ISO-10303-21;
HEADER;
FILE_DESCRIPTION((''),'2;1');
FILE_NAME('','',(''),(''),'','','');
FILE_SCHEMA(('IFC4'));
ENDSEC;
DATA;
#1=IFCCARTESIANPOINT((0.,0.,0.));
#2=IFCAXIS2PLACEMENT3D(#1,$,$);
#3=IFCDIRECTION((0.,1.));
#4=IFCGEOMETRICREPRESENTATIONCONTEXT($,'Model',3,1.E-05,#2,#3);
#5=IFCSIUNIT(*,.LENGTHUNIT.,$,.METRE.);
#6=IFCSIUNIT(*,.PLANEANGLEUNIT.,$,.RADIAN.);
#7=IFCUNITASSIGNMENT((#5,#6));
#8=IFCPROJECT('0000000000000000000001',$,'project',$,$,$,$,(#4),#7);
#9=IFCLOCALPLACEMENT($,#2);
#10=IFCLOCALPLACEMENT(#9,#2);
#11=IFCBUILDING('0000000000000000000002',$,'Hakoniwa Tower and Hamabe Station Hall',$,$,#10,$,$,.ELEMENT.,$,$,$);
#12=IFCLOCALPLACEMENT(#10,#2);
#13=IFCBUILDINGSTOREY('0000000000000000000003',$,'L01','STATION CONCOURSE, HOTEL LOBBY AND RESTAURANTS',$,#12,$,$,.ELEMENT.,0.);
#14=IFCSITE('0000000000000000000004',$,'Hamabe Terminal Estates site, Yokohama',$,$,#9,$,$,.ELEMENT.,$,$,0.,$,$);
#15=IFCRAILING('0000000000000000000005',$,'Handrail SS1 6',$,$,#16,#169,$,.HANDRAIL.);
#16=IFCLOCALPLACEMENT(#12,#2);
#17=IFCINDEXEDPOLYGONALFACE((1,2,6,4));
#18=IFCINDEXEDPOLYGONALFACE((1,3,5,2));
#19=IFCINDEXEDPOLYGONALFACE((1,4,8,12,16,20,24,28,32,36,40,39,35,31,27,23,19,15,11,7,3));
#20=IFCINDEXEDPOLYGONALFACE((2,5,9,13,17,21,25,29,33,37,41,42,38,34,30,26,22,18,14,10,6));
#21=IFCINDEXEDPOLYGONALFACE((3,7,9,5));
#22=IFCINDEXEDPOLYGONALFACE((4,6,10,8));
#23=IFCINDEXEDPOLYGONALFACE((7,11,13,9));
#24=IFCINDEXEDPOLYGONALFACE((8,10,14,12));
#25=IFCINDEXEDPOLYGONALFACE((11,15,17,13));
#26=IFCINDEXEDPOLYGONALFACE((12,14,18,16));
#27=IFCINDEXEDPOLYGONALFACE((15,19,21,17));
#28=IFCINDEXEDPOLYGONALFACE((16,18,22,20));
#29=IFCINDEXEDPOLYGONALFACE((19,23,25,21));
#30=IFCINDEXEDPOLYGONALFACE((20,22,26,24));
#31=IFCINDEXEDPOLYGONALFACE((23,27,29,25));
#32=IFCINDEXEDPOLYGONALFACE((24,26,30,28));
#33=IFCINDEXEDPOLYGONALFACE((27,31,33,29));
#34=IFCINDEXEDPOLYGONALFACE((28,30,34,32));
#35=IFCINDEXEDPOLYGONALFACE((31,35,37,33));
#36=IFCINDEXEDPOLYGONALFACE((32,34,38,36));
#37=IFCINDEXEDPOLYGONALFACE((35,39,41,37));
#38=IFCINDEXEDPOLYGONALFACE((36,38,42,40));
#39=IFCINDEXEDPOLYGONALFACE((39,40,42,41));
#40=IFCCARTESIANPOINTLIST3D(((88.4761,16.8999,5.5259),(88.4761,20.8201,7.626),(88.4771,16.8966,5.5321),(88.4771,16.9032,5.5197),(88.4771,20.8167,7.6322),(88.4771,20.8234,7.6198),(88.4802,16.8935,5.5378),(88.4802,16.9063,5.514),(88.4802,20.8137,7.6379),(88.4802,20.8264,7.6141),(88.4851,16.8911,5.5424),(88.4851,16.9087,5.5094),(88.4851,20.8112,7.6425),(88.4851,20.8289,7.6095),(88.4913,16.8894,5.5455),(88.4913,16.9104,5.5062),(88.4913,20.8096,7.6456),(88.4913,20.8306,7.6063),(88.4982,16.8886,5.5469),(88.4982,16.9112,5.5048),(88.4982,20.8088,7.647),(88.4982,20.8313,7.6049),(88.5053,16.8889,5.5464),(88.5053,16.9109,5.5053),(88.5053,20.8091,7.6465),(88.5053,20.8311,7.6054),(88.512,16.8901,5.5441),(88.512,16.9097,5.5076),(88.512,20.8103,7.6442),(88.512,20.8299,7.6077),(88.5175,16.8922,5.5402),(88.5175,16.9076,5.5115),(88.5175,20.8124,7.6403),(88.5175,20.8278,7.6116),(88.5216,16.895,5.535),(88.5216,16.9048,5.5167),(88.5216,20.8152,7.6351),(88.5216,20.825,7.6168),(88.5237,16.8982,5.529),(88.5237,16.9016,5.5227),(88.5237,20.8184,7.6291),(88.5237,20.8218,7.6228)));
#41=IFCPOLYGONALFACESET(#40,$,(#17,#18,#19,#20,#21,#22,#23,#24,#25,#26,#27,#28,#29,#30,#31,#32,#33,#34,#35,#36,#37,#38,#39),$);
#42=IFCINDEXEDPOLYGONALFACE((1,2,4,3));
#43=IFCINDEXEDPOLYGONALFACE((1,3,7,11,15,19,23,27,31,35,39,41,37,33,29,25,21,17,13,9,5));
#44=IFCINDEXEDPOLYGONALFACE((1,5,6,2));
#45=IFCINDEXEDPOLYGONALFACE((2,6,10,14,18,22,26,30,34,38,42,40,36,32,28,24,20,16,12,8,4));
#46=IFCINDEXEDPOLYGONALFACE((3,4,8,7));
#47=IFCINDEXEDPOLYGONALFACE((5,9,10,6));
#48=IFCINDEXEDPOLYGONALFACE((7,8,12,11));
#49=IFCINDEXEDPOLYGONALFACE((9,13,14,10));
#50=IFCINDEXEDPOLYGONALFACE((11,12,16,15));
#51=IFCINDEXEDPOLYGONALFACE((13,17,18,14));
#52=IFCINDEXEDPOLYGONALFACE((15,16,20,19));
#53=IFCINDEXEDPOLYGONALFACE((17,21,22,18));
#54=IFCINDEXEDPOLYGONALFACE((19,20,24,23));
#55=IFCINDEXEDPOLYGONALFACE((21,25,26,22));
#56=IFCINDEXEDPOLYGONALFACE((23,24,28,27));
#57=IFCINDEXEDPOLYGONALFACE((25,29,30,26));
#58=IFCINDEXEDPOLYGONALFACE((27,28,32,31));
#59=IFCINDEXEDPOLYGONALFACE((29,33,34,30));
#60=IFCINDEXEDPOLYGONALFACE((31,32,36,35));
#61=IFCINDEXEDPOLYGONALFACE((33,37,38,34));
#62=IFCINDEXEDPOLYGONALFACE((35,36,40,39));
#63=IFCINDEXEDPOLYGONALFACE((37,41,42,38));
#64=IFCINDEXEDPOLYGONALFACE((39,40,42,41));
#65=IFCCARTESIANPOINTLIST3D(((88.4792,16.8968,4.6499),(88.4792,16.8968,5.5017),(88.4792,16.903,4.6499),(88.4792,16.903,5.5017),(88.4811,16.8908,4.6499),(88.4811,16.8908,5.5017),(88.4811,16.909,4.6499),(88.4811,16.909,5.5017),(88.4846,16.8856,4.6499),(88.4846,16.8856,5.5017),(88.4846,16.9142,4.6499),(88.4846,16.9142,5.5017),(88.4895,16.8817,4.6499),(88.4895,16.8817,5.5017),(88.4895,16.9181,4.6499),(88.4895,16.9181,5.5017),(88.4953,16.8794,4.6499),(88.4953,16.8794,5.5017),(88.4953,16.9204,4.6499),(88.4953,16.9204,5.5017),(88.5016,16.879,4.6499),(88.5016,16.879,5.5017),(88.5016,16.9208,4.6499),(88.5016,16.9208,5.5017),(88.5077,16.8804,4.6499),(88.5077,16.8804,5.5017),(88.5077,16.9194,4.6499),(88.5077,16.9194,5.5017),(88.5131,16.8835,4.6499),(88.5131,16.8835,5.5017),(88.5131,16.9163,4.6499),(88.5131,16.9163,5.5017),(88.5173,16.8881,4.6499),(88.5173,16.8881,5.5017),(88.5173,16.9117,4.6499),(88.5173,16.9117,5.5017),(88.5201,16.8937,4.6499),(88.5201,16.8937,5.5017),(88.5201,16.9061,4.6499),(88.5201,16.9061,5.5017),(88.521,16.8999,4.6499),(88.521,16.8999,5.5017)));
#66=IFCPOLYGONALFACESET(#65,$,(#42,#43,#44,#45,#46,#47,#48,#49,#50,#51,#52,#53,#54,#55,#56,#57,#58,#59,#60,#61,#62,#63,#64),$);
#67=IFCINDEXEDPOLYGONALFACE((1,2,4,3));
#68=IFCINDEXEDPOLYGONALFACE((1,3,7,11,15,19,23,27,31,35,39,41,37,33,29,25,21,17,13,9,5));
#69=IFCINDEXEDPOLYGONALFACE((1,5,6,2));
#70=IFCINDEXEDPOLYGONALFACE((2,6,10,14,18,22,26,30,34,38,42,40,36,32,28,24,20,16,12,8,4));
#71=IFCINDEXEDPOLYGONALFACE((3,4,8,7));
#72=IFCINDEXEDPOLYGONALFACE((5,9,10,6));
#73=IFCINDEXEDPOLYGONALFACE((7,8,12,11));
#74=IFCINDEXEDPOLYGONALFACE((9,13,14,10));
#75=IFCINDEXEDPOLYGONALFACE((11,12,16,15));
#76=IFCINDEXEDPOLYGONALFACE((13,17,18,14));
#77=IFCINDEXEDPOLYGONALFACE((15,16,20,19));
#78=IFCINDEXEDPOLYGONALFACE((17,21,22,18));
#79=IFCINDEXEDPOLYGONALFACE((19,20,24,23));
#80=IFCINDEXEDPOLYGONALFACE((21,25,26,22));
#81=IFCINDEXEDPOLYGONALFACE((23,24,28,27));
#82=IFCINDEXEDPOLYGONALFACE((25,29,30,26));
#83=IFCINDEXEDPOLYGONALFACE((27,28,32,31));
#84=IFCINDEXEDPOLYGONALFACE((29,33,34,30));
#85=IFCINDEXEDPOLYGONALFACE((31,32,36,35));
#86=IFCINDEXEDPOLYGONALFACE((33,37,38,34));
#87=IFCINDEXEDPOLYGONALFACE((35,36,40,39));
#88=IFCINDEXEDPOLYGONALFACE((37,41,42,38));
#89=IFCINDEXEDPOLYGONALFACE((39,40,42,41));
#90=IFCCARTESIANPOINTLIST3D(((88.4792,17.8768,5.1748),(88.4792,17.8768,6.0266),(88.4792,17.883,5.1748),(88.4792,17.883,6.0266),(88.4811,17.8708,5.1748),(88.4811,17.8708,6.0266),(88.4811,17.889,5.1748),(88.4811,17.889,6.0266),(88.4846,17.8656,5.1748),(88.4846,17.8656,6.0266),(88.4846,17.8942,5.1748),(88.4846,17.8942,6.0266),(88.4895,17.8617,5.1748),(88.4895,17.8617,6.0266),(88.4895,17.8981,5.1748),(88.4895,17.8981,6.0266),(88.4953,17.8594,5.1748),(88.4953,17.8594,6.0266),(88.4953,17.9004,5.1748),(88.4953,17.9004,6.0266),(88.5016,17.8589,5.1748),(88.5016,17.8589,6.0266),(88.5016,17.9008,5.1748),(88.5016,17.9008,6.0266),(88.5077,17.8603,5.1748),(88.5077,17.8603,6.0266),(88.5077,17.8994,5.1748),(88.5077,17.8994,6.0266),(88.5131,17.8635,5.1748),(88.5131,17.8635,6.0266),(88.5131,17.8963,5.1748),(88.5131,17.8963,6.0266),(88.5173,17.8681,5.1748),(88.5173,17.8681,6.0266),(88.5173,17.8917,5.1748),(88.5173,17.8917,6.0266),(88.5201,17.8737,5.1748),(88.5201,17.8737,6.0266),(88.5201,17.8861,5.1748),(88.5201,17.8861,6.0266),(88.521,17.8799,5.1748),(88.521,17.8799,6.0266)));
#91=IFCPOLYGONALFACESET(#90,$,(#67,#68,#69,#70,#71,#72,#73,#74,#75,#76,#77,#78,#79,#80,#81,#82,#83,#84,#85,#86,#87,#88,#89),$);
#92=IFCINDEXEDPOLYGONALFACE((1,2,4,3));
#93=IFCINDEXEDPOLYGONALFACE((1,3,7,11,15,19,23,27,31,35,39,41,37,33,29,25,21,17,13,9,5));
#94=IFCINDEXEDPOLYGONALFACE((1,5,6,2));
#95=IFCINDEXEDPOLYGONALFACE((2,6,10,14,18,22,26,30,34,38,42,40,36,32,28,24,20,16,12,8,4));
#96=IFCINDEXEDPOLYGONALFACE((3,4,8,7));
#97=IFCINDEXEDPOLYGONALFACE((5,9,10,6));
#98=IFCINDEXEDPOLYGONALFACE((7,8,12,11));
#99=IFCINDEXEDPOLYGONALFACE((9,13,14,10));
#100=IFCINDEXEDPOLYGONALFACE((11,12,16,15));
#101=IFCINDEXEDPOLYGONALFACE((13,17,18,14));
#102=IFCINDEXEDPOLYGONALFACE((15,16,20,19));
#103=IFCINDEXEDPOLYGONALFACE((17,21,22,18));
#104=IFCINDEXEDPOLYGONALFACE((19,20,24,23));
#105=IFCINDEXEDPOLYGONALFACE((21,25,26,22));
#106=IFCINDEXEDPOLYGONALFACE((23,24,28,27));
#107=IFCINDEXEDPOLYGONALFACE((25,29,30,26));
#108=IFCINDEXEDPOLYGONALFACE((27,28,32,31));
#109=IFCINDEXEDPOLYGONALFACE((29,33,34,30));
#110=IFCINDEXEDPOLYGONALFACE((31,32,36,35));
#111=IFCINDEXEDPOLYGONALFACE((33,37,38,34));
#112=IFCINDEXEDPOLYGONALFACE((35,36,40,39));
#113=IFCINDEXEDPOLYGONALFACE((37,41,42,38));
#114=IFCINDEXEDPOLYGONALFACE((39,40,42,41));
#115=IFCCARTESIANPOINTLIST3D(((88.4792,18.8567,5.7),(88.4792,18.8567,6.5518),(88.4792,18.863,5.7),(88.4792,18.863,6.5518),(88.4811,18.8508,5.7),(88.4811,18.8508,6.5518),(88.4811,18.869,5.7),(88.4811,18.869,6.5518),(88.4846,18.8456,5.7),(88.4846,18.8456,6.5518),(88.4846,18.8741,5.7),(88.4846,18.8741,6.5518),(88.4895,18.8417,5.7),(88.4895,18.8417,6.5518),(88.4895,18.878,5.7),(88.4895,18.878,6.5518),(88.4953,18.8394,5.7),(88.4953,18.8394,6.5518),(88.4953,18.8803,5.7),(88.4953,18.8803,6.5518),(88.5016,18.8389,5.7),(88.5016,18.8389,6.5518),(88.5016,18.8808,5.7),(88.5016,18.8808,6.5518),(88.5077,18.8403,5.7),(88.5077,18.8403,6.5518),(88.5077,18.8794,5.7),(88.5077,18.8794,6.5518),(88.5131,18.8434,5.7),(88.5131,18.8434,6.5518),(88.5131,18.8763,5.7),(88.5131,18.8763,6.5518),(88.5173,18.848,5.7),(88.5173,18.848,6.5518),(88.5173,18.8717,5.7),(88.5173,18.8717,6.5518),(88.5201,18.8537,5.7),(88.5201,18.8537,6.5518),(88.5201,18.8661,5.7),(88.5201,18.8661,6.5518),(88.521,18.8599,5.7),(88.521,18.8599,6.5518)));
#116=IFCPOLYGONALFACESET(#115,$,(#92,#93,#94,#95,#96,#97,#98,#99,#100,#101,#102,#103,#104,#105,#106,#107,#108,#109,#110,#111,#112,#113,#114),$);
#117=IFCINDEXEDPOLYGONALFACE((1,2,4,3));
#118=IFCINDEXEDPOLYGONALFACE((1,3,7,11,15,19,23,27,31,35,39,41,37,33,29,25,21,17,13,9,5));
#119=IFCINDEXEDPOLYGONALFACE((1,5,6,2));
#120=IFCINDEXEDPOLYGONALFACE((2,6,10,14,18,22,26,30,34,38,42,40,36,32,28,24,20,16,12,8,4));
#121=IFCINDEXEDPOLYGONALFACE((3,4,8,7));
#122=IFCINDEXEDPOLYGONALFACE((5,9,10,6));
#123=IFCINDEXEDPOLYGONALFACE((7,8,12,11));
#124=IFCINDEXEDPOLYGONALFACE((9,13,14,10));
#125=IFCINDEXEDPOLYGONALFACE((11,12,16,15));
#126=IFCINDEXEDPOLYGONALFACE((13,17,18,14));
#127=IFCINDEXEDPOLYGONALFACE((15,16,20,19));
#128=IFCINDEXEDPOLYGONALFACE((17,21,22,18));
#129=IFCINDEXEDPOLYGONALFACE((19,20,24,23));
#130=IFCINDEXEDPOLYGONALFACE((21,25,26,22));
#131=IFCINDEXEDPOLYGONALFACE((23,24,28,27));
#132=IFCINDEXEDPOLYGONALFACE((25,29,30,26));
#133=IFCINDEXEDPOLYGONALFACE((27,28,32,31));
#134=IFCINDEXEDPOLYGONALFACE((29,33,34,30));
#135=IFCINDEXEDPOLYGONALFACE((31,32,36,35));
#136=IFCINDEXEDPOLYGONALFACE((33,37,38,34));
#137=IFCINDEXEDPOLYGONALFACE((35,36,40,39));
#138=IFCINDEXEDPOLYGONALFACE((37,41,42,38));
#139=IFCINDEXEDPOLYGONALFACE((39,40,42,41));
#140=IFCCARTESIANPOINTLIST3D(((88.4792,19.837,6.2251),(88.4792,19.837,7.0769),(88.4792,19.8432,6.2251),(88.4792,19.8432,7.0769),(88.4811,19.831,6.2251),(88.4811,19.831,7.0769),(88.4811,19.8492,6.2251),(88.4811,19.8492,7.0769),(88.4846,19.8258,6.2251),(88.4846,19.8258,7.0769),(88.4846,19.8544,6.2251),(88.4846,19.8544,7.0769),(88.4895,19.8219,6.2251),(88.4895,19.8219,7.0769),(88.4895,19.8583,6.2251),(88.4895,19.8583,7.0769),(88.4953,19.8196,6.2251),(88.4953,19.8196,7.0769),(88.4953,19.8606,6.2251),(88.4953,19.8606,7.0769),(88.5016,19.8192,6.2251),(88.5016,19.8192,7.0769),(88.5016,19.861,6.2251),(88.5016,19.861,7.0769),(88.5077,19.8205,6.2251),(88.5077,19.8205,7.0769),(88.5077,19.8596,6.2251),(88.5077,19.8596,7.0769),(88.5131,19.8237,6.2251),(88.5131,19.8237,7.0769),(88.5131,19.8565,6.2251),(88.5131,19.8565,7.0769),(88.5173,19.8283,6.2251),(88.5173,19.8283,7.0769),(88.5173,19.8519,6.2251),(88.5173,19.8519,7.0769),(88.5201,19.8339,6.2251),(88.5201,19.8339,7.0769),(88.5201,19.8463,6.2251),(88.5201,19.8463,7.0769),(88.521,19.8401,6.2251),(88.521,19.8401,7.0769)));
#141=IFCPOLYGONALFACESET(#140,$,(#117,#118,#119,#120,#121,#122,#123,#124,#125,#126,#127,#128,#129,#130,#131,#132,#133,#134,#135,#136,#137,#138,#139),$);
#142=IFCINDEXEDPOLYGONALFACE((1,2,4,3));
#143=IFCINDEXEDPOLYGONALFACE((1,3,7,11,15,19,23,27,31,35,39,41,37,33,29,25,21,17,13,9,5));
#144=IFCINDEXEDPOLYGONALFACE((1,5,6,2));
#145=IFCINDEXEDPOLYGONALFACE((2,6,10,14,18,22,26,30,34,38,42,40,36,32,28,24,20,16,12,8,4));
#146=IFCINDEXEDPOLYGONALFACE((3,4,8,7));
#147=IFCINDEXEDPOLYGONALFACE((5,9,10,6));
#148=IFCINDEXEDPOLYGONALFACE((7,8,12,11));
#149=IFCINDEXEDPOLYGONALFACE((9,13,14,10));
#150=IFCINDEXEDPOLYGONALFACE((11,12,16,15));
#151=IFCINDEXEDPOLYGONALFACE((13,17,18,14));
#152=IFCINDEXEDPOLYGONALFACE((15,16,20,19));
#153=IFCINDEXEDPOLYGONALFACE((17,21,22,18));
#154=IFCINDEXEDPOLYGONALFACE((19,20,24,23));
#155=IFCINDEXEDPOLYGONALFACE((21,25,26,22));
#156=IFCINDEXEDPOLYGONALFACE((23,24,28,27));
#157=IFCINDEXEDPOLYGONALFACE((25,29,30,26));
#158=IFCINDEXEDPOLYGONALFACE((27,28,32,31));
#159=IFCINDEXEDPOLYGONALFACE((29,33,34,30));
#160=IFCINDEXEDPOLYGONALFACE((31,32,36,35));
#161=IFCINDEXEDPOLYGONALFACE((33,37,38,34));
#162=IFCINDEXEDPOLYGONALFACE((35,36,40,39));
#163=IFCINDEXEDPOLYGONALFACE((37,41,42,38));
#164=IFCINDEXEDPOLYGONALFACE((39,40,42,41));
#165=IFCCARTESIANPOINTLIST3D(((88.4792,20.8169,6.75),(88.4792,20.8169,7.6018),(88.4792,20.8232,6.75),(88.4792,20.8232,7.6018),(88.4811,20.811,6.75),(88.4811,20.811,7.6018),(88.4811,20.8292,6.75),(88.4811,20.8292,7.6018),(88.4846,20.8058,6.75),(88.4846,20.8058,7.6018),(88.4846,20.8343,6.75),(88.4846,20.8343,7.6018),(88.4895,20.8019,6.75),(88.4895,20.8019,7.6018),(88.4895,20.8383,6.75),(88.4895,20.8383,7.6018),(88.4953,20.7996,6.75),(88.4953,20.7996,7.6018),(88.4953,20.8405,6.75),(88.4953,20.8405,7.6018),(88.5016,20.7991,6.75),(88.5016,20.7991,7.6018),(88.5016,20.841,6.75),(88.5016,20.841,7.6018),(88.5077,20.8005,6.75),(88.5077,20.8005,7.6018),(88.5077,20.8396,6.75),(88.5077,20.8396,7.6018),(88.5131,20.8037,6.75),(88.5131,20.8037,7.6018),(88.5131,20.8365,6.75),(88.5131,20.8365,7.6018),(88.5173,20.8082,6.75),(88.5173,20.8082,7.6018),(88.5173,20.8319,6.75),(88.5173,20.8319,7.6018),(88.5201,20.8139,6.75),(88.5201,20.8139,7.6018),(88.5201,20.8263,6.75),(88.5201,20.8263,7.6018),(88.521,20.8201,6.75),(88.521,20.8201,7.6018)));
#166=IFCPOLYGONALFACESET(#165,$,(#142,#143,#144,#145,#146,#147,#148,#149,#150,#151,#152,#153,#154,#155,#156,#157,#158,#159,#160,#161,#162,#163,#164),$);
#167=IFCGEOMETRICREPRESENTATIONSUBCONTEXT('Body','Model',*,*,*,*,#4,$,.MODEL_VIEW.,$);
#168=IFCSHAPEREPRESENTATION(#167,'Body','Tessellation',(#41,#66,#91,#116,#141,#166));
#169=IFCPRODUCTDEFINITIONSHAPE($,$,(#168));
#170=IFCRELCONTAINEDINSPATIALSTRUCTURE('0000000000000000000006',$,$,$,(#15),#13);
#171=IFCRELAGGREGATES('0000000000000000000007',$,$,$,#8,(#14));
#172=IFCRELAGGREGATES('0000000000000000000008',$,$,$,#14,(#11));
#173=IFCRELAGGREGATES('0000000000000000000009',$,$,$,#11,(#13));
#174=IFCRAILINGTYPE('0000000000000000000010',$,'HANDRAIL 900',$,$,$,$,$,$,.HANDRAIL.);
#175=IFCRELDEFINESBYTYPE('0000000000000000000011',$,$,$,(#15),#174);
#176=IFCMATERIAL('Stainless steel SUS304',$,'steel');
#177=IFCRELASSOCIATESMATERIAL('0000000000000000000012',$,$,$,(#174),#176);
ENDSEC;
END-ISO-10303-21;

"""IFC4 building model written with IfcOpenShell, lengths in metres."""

from ifc_helpers import new_model, si_unit, direction, frame, origin, origin_2d, place, context, subcontext, project, spatial, circle, extrude, material, type_object, element, save


model = new_model("IFC4")

# Units and contexts
model_context = context("Model", 3, precision=1e-05, world=origin(), true_north=direction((0.0, 1.0)))
body_context = subcontext(model_context, "Body", "Model", "MODEL_VIEW")
ifc_project = project(units=[si_unit("LENGTHUNIT", "METRE"), si_unit("PLANEANGLEUNIT", "RADIAN")], contexts=[model_context])

# Site, building, storey
site_placement = place(None, origin())
site = spatial("IfcSite", under=ifc_project, at=site_placement, Name="Hamabe Terminal Estates site, Yokohama", CompositionType="ELEMENT", RefElevation=0.0)
building_placement = place(site_placement, origin())
building = spatial("IfcBuilding", under=site, at=building_placement, Name="Hakoniwa Tower and Hamabe Station Hall", CompositionType="ELEMENT")
storey_placement = place(building_placement, origin())
storey = spatial("IfcBuildingStorey", under=building, at=storey_placement, Name="L01", Description="STATION CONCOURSE, HOTEL LOBBY AND RESTAURANTS", CompositionType="ELEMENT", Elevation=0.0)

# Railing
ifc_material_1 = material(Name="Stainless steel SUS304", Category="steel")
railing_type = type_object("IfcRailingType", Name="HANDRAIL 900", PredefinedType="HANDRAIL", material=ifc_material_1)
for number, where, name in (
    (1, (88.5, 16.8999, 4.6499), "Handrail SS1 6"),
):
    element("IfcRailing", number, at=place(storey_placement, frame(where)), inside=storey, type_object=railing_type, Name=name, PredefinedType="HANDRAIL", context=body_context, shape_type="SweptSolid", body=[
        extrude(circle(Radius=0.0239, at=origin_2d()), frame((0.0, 0.0, 0.876), z_axis=(0.0, 0.881479, 0.472223), x_axis=(-1.0, 0.0, 0.0)), (0.0, 0.0, 1.0), 4.4473),
        extrude(circle(Radius=0.021, at=origin_2d()), origin(), (0.0, 0.0, 1.0), 0.8518),
        extrude(circle(Radius=0.021, at=origin_2d()), frame((0.0, 0.98, 0.5249)), (0.0, 0.0, 1.0), 0.8518),
        extrude(circle(Radius=0.021, at=origin_2d()), frame((0.0, 1.96, 1.05)), (0.0, 0.0, 1.0), 0.8518),
        extrude(circle(Radius=0.021, at=origin_2d()), frame((0.0, 2.9402, 1.5752)), (0.0, 0.0, 1.0), 0.8518),
        extrude(circle(Radius=0.021, at=origin_2d()), frame((0.0, 3.9202, 2.1001)), (0.0, 0.0, 1.0), 0.8518),
    ])

save(model, "model.ifc")
